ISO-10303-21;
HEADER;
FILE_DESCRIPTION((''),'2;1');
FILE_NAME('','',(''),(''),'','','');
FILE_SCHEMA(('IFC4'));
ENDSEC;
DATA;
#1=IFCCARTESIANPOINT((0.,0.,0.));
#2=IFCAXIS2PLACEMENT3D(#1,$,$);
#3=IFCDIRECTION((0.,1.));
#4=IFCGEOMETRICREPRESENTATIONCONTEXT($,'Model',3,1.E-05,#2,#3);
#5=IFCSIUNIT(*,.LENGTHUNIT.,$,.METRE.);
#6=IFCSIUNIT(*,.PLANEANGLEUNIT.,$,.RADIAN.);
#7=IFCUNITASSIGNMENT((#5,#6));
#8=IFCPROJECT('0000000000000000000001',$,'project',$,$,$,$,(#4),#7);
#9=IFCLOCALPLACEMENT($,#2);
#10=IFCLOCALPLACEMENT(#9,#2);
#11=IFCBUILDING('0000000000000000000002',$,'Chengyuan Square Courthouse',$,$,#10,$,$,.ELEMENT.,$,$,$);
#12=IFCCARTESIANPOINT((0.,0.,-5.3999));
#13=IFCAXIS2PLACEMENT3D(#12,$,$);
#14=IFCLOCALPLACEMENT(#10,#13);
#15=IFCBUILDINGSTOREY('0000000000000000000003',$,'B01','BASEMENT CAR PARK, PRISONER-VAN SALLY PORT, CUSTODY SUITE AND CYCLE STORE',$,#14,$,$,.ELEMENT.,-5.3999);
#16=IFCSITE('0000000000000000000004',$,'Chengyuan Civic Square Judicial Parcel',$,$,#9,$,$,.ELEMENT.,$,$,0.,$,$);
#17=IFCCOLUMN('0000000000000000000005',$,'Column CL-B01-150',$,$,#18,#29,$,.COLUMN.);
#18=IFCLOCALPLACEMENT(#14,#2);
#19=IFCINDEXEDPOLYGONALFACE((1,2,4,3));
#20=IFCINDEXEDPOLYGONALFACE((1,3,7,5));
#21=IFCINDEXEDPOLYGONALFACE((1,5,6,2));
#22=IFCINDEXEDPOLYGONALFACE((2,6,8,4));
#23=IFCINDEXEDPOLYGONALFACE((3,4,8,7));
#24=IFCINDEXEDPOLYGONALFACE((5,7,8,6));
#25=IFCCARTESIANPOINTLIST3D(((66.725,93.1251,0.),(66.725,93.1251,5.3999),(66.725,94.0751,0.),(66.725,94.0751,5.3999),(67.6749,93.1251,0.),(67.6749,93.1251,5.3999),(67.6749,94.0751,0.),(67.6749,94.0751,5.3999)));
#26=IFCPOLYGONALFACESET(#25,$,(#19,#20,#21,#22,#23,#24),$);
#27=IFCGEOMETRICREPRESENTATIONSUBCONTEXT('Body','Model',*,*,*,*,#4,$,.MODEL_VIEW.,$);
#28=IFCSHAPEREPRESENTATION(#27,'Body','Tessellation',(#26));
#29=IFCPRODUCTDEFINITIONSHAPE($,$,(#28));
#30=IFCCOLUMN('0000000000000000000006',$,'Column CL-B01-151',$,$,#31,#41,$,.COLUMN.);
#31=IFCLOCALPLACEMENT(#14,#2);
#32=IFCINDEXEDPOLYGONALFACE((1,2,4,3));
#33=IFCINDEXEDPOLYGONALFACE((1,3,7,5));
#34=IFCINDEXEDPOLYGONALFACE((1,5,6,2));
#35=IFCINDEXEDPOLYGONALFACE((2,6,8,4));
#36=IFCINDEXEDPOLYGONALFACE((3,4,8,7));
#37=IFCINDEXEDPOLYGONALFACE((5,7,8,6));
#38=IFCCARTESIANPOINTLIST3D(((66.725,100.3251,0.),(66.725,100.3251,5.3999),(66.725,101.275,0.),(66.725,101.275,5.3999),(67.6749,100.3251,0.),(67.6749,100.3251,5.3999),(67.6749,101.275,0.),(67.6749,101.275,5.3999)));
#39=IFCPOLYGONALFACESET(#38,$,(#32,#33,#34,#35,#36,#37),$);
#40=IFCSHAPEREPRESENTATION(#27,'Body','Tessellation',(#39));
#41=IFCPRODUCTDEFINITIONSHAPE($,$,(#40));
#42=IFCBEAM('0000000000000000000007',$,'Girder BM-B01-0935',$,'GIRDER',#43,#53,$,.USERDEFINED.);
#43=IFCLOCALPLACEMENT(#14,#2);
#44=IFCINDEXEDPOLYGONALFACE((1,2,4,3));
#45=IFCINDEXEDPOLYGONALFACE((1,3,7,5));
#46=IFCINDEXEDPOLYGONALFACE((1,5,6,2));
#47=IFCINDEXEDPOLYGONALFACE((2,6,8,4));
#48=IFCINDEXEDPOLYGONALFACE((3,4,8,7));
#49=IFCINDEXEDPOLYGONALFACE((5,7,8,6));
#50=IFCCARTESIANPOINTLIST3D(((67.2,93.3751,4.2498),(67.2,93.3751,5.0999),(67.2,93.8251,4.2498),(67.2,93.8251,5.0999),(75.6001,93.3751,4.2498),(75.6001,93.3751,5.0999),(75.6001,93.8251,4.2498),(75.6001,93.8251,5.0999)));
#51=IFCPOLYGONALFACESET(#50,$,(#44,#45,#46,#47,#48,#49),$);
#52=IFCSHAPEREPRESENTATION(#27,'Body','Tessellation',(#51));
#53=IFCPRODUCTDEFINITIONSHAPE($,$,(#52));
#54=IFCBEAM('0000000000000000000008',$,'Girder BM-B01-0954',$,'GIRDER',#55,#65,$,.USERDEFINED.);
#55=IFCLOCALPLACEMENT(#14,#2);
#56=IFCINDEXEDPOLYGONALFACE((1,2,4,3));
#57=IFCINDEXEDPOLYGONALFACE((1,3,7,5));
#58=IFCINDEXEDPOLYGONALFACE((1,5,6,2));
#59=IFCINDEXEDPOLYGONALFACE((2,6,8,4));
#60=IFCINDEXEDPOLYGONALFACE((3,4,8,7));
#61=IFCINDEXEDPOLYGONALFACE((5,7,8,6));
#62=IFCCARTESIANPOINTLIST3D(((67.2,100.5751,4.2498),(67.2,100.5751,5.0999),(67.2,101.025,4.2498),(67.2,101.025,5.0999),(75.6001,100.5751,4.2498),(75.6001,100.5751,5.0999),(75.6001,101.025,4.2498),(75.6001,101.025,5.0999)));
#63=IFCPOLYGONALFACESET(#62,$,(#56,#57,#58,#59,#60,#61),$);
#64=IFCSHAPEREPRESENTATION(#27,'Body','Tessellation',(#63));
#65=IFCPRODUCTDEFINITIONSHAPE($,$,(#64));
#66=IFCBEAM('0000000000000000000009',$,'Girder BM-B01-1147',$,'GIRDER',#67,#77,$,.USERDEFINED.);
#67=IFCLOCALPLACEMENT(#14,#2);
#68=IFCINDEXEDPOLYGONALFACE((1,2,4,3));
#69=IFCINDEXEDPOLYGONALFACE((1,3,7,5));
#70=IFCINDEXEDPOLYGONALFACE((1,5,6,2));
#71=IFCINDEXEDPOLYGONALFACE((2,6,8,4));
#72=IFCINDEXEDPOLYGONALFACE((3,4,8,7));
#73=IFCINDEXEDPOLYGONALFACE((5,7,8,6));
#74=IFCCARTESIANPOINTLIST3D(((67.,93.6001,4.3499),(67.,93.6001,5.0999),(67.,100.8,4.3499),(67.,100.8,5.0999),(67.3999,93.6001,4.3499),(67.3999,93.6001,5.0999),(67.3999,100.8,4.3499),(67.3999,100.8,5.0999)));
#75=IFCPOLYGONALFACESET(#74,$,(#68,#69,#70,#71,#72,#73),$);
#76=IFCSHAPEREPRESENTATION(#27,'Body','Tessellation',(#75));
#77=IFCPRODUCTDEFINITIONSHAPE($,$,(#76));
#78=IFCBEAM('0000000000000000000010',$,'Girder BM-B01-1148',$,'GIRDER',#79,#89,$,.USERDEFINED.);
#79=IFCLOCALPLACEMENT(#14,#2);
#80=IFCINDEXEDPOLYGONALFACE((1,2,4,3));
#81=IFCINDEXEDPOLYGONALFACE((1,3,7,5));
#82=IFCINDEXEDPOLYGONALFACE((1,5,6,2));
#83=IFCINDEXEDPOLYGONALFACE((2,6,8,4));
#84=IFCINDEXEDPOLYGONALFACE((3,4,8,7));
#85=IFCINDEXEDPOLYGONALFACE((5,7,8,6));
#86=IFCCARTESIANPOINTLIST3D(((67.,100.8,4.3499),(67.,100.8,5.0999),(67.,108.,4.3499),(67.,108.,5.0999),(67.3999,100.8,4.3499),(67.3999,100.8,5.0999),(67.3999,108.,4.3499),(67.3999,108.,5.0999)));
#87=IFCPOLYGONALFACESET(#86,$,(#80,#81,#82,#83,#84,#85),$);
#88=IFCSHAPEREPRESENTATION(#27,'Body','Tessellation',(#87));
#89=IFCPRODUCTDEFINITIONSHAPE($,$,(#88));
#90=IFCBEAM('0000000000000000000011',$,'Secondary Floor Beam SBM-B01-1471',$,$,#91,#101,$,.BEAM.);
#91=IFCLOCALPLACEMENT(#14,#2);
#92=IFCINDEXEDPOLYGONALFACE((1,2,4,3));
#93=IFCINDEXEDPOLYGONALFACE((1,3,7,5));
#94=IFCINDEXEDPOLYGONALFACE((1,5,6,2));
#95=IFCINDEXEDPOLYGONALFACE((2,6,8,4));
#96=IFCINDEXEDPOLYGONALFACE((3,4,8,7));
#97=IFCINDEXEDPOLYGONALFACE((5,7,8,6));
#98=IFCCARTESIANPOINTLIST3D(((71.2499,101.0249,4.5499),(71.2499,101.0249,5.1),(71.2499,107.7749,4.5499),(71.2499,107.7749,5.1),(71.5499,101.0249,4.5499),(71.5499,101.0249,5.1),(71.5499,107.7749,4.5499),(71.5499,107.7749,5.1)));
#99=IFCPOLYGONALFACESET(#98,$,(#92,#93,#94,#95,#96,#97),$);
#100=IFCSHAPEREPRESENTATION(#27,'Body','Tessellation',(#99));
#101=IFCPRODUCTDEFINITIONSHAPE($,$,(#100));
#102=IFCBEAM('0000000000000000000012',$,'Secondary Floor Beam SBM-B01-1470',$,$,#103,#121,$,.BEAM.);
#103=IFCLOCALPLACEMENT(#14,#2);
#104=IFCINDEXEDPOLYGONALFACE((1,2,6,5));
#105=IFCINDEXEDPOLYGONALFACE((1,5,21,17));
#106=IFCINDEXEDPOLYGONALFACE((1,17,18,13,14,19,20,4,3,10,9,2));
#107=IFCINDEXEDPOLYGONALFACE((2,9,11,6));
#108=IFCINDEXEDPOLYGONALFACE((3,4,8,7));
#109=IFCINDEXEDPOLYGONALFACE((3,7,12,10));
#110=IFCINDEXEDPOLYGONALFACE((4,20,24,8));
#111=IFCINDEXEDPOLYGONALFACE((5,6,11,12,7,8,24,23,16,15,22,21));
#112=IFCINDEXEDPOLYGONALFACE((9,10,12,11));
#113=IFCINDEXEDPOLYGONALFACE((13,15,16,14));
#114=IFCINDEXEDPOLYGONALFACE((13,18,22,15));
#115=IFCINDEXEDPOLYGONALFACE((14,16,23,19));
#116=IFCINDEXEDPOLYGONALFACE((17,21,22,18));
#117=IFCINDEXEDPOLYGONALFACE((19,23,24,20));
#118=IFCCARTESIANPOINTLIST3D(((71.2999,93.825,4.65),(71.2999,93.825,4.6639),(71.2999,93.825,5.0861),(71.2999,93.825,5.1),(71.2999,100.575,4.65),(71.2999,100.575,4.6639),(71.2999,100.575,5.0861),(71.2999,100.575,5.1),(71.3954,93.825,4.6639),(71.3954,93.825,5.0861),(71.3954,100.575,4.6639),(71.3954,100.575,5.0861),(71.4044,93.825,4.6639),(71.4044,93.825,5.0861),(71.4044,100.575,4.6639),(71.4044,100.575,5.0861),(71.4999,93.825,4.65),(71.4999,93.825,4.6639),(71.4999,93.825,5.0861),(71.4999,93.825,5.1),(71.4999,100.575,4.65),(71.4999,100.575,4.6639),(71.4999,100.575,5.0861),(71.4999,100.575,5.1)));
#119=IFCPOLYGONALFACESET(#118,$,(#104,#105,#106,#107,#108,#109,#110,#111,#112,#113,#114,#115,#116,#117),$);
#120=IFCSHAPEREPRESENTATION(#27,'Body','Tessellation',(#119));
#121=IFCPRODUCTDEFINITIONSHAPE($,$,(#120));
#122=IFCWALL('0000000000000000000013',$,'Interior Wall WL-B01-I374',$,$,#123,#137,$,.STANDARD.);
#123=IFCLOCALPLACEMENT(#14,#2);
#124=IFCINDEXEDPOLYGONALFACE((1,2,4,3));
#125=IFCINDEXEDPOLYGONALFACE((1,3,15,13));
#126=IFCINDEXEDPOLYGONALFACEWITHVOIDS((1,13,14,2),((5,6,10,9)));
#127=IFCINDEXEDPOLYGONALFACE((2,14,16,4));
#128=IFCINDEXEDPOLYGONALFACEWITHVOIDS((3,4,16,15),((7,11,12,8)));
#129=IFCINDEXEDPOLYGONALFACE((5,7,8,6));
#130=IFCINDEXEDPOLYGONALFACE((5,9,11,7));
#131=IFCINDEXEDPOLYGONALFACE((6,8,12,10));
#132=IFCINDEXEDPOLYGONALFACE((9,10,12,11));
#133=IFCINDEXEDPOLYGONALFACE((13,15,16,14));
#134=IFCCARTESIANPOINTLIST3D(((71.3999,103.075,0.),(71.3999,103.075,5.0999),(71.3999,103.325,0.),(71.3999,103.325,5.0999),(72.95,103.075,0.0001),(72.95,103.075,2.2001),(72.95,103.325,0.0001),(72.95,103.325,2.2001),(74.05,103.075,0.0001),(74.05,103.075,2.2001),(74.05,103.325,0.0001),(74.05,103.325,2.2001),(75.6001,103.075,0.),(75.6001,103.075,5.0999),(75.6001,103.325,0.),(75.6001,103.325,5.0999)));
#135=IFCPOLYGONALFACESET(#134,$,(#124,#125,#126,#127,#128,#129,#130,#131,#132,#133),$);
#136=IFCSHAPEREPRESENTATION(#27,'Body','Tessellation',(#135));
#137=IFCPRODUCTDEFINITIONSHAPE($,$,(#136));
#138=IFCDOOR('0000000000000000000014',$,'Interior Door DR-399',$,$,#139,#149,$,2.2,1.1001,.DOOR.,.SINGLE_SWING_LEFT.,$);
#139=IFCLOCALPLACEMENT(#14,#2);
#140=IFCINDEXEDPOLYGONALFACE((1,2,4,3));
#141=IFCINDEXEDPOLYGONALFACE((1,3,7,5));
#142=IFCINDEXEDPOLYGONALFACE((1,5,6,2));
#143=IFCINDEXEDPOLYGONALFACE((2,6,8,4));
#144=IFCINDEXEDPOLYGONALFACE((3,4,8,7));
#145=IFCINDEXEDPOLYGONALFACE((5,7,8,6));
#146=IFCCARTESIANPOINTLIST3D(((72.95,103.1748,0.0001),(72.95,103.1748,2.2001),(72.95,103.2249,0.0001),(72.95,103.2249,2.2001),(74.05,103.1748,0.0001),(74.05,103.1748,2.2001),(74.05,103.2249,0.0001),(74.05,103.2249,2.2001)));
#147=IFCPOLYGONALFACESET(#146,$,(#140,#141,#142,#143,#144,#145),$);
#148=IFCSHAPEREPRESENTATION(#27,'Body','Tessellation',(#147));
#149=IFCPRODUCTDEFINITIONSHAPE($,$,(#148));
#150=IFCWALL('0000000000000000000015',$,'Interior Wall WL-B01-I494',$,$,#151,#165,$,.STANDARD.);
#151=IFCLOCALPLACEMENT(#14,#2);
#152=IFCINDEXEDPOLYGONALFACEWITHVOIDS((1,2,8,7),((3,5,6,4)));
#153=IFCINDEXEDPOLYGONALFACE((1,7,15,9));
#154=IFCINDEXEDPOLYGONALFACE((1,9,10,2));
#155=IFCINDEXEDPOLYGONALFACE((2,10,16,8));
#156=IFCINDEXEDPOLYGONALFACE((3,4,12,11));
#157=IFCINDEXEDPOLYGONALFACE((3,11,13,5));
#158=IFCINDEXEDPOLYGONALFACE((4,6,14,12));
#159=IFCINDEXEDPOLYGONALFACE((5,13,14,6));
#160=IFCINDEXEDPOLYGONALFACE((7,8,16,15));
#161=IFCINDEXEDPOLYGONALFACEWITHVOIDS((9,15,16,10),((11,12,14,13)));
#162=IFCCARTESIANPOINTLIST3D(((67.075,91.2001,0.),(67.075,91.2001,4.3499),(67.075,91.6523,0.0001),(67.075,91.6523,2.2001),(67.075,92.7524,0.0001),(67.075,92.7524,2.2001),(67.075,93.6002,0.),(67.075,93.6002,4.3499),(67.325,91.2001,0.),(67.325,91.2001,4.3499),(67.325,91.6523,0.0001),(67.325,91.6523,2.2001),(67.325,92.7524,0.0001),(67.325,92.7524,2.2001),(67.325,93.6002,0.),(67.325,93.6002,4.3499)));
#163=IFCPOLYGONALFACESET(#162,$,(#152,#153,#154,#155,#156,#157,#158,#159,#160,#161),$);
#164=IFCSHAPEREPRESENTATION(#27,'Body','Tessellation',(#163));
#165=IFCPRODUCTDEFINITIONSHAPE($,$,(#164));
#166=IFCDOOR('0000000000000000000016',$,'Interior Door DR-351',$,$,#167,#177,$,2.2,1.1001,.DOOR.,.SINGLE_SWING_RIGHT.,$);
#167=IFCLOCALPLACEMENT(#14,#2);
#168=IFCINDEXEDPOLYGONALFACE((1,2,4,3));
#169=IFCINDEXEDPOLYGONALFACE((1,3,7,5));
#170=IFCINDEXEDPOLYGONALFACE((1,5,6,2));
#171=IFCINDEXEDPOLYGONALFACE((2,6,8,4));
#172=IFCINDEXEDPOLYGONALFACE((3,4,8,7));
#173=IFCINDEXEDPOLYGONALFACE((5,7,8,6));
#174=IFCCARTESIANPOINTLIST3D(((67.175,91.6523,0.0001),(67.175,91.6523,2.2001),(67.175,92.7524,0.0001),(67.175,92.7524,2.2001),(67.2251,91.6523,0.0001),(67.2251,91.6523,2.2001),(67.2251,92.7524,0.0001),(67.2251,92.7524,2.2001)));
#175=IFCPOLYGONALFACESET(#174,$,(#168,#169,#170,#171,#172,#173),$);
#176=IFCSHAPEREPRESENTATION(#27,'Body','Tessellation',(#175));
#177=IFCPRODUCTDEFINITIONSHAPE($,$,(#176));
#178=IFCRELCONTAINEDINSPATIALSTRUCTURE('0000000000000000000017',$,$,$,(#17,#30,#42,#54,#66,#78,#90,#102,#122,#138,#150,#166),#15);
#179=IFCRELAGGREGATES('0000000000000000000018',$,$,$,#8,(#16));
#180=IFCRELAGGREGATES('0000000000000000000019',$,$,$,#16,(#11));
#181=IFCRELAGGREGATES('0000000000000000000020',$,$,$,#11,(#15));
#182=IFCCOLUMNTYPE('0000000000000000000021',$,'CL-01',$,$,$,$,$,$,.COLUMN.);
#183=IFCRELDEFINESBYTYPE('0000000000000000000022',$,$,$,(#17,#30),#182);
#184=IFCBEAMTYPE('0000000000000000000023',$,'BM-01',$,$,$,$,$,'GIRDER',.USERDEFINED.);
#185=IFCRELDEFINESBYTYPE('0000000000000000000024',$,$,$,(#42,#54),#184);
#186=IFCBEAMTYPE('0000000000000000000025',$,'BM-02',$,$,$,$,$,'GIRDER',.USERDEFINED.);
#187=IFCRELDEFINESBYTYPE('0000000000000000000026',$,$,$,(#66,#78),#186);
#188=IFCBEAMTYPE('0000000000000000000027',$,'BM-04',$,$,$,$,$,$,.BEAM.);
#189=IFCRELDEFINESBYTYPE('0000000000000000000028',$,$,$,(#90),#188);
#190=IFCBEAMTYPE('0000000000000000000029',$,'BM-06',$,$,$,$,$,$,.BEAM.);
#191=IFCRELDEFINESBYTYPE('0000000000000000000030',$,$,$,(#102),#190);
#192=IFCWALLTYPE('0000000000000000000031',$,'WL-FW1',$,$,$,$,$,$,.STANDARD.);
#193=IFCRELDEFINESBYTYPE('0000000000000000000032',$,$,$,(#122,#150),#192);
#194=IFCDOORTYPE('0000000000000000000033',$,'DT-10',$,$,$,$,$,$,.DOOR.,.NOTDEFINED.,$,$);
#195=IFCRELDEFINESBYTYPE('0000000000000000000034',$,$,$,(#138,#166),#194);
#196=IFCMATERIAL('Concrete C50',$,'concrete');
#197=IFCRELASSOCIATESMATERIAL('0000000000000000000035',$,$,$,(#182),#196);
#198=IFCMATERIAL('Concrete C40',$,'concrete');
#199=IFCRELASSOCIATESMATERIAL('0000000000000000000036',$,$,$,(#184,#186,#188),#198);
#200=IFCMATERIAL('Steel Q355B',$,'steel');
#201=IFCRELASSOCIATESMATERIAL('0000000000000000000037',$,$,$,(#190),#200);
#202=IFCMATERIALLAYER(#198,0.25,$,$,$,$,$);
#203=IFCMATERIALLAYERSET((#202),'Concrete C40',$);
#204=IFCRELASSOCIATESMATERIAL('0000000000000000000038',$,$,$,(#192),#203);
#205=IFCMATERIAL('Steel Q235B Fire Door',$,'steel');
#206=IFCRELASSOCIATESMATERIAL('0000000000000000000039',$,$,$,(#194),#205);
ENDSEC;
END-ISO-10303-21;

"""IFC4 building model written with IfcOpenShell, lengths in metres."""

from ifc_helpers import new_model, si_unit, direction, frame, frame_2d, origin, origin_2d, place, context, subcontext, project, spatial, rectangle, i_section, extrude, material, layer, layer_set, material_profile, profile_set, type_object, element, fill, save


model = new_model("IFC4")

# Units and contexts
model_context = context("Model", 3, precision=1e-05, world=origin(), true_north=direction((0.0, 1.0)))
body_context = subcontext(model_context, "Body", "Model", "MODEL_VIEW")
ifc_project = project(units=[si_unit("LENGTHUNIT", "METRE"), si_unit("PLANEANGLEUNIT", "RADIAN")], contexts=[model_context])

# Site, building, storey
site_placement = place(None, origin())
site = spatial("IfcSite", under=ifc_project, at=site_placement, Name="Chengyuan Civic Square Judicial Parcel", CompositionType="ELEMENT", RefElevation=0.0)
building_placement = place(site_placement, origin())
building = spatial("IfcBuilding", under=site, at=building_placement, Name="Chengyuan Square Courthouse", CompositionType="ELEMENT")
storey_placement = place(building_placement, frame((0.0, 0.0, -5.3999)))
storey = spatial("IfcBuildingStorey", under=building, at=storey_placement, Name="B01", Description="BASEMENT CAR PARK, PRISONER-VAN SALLY PORT, CUSTODY SUITE AND CYCLE STORE", CompositionType="ELEMENT", Elevation=-5.3999)

# Columns
ifc_material_1 = material(Name="Concrete C50", Category="concrete")
ifc_material_profile_1 = material_profile(ifc_material_1, rectangle(XDim=0.95, YDim=0.95, at=origin_2d()), Name="RC-COL-950x950")
ifc_profile_set_1 = profile_set([ifc_material_profile_1], Name="Concrete C50")
column_type = type_object("IfcColumnType", Name="CL-01", PredefinedType="COLUMN", material=ifc_profile_set_1)
for number, where, z_axis, x_axis, name in (
    (1, (67.2, 93.6001, 0.0), (0.0, 0.0, 1.0), (1.0, 0.0, 0.0), "Column CL-B01-150"),
    (2, (67.2, 100.8, 0.0), (0.0, 0.0, 1.0), (1.0, 0.0, 0.0), "Column CL-B01-151"),
):
    element("IfcColumn", number, at=place(storey_placement, frame(where, z_axis=z_axis, x_axis=x_axis)), inside=storey, type_object=column_type, Name=name, PredefinedType="COLUMN", context=body_context, shape_type="SweptSolid", body=[
        extrude(rectangle(XDim=0.95, YDim=0.95, at=origin_2d()), origin(), (0.0, 0.0, 1.0), 5.3999),
    ])

# Beams
ifc_material_2 = material(Name="Concrete C40", Category="concrete")
ifc_material_profile_2 = material_profile(ifc_material_2, rectangle(XDim=0.45, YDim=0.8501, at=origin_2d()), Name="RC-BM-450x850")
ifc_profile_set_2 = profile_set([ifc_material_profile_2], Name="Concrete C40")
beam_type_1 = type_object("IfcBeamType", Name="BM-01", ElementType="GIRDER", PredefinedType="USERDEFINED", material=ifc_profile_set_2)
for number, where, z_axis, x_axis, name in (
    (3, (67.2, 93.6001, 4.6748), (1.0, 0.0, 0.0), (0.0, 1.0, 0.0), "Girder BM-B01-0935"),
    (4, (67.2, 100.8, 4.6748), (1.0, 0.0, 0.0), (0.0, 1.0, 0.0), "Girder BM-B01-0954"),
):
    element("IfcBeam", number, at=place(storey_placement, frame(where, z_axis=z_axis, x_axis=x_axis)), inside=storey, type_object=beam_type_1, Name=name, ObjectType="GIRDER", PredefinedType="USERDEFINED", context=body_context, shape_type="SweptSolid", body=[
        extrude(rectangle(XDim=0.45, YDim=0.8501, at=origin_2d()), origin(), (0.0, 0.0, 1.0), 8.4001),
    ])
ifc_material_profile_3 = material_profile(ifc_material_2, rectangle(XDim=0.3999, YDim=0.75, at=origin_2d()), Name="RC-BM-400x750")
ifc_profile_set_3 = profile_set([ifc_material_profile_3], Name="Concrete C40")
beam_type_2 = type_object("IfcBeamType", Name="BM-02", ElementType="GIRDER", PredefinedType="USERDEFINED", material=ifc_profile_set_3)
for number, where, z_axis, x_axis, name in (
    (5, (67.2, 93.6001, 4.7249), (0.0, 1.0, 0.0), (-1.0, 0.0, 0.0), "Girder BM-B01-1147"),
    (6, (67.2, 100.8, 4.7249), (0.0, 1.0, 0.0), (-1.0, 0.0, 0.0), "Girder BM-B01-1148"),
):
    element("IfcBeam", number, at=place(storey_placement, frame(where, z_axis=z_axis, x_axis=x_axis)), inside=storey, type_object=beam_type_2, Name=name, ObjectType="GIRDER", PredefinedType="USERDEFINED", context=body_context, shape_type="SweptSolid", body=[
        extrude(rectangle(XDim=0.3999, YDim=0.75, at=origin_2d()), origin(), (0.0, 0.0, 1.0), 7.2),
    ])
ifc_material_profile_4 = material_profile(ifc_material_2, rectangle(XDim=0.3, YDim=0.55, at=origin_2d()), Name="RC-BM-300x550")
ifc_profile_set_4 = profile_set([ifc_material_profile_4], Name="Concrete C40")
beam_type_3 = type_object("IfcBeamType", Name="BM-04", PredefinedType="BEAM", material=ifc_profile_set_4)
beam_1_placement = place(storey_placement, frame((71.3999, 101.0249, 4.825), z_axis=(0.0, 1.0, 0.0), x_axis=(-1.0, 0.0, 0.0)))
element("IfcBeam", 7, at=beam_1_placement, inside=storey, type_object=beam_type_3, Name="Secondary Floor Beam SBM-B01-1471", PredefinedType="BEAM", context=body_context, shape_type="SweptSolid", body=[
    extrude(rectangle(XDim=0.3, YDim=0.55, at=origin_2d()), origin(), (0.0, 0.0, 1.0), 6.75),
])
ifc_material_3 = material(Name="Steel Q355B", Category="steel")
ifc_material_profile_5 = material_profile(ifc_material_3, i_section(OverallWidth=0.2, OverallDepth=0.45, WebThickness=0.009, FlangeThickness=0.0139, at=origin_2d()), Name="HN 450x200x9x14")
ifc_profile_set_5 = profile_set([ifc_material_profile_5], Name="Steel Q355B")
beam_type_4 = type_object("IfcBeamType", Name="BM-06", PredefinedType="BEAM", material=ifc_profile_set_5)
beam_2_placement = place(storey_placement, frame((71.3999, 93.825, 4.875), z_axis=(0.0, 1.0, 0.0), x_axis=(-1.0, 0.0, 0.0)))
element("IfcBeam", 8, at=beam_2_placement, inside=storey, type_object=beam_type_4, Name="Secondary Floor Beam SBM-B01-1470", PredefinedType="BEAM", context=body_context, shape_type="SweptSolid", body=[
    extrude(i_section(OverallWidth=0.2, OverallDepth=0.45, WebThickness=0.009, FlangeThickness=0.0139, at=origin_2d()), origin(), (0.0, 0.0, 1.0), 6.75),
])

# Walls, openings, doors
ifc_layer_1 = layer(ifc_material_2, 0.25)
ifc_layer_set_1 = layer_set([ifc_layer_1], Name="Concrete C40")
wall_type_1 = type_object("IfcWallType", Name="WL-FW1", PredefinedType="STANDARD", material=ifc_layer_set_1)
wall_1_placement = place(storey_placement, frame((71.3999, 103.2, 0.0), z_axis=(0.0, 0.0, 1.0), x_axis=(1.0, 0.0, 0.0)))
wall_1 = element("IfcWall", 9, at=wall_1_placement, inside=storey, type_object=wall_type_1, Name="Interior Wall WL-B01-I374", PredefinedType="STANDARD", context=body_context, shape_type="SweptSolid", body=[
    extrude(rectangle(XDim=4.2002, YDim=0.25, at=frame_2d((2.1001, 0.0))), origin(), (0.0, 0.0, 1.0), 5.0999),
])
opening_1_placement = place(wall_1_placement, frame((1.55, 0.0, 0.0)))
opening_1 = element("IfcOpeningElement", 10, at=opening_1_placement, cuts=wall_1, PredefinedType="OPENING", context=body_context, shape_type="SweptSolid", body=[
    extrude(rectangle(XDim=1.1001, YDim=2.2, at=frame_2d((0.55, 1.1001))), frame((0.0, 0.137, 0.0), z_axis=(0.0, -1.0, 0.0), x_axis=(1.0, 0.0, 0.0)), (0.0, 0.0, 1.0), 0.2739),
])
ifc_material_4 = material(Name="Steel Q235B Fire Door", Category="steel")
door_type_1 = type_object("IfcDoorType", Name="DT-10", OperationType="NOTDEFINED", PredefinedType="DOOR", material=ifc_material_4)
door_1_placement = place(opening_1_placement, origin())
door_1 = element("IfcDoor", 11, at=door_1_placement, inside=storey, type_object=door_type_1, Name="Interior Door DR-399", OperationType="SINGLE_SWING_LEFT", OverallHeight=2.2, OverallWidth=1.1001, PredefinedType="DOOR", context=body_context, shape_type="SweptSolid", body=[
    extrude(rectangle(XDim=1.1001, YDim=2.2, at=frame_2d((0.55, 1.1001))), frame((0.0, 0.0249, 0.0), z_axis=(0.0, -1.0, 0.0), x_axis=(1.0, 0.0, 0.0)), (0.0, 0.0, 1.0), 0.05),
])
fill(opening_1, door_1)
wall_2_placement = place(storey_placement, frame((67.2, 91.2, 0.0), z_axis=(0.0, 0.0, 1.0), x_axis=(0.0, 1.0, 0.0)))
wall_2 = element("IfcWall", 12, at=wall_2_placement, inside=storey, type_object=wall_type_1, Name="Interior Wall WL-B01-I494", PredefinedType="STANDARD", context=body_context, shape_type="SweptSolid", body=[
    extrude(rectangle(XDim=2.4001, YDim=0.25, at=frame_2d((1.2002, 0.0))), origin(), (0.0, 0.0, 1.0), 4.3499),
])
opening_2_placement = place(wall_2_placement, frame((0.4524, 0.0, 0.0)))
opening_2 = element("IfcOpeningElement", 13, at=opening_2_placement, cuts=wall_2, PredefinedType="OPENING", context=body_context, shape_type="SweptSolid", body=[
    extrude(rectangle(XDim=1.1001, YDim=2.2, at=frame_2d((0.55, 1.1001))), frame((0.0, 0.137, 0.0), z_axis=(0.0, -1.0, 0.0), x_axis=(1.0, 0.0, 0.0)), (0.0, 0.0, 1.0), 0.2739),
])
door_2_placement = place(opening_2_placement, origin())
door_2 = element("IfcDoor", 14, at=door_2_placement, inside=storey, type_object=door_type_1, Name="Interior Door DR-351", OperationType="SINGLE_SWING_RIGHT", OverallHeight=2.2, OverallWidth=1.1001, PredefinedType="DOOR", context=body_context, shape_type="SweptSolid", body=[
    extrude(rectangle(XDim=1.1001, YDim=2.2, at=frame_2d((0.55, 1.1001))), frame((0.0, 0.0249, 0.0), z_axis=(0.0, -1.0, 0.0), x_axis=(1.0, 0.0, 0.0)), (0.0, 0.0, 1.0), 0.05),
])
fill(opening_2, door_2)

save(model, "model.ifc")
